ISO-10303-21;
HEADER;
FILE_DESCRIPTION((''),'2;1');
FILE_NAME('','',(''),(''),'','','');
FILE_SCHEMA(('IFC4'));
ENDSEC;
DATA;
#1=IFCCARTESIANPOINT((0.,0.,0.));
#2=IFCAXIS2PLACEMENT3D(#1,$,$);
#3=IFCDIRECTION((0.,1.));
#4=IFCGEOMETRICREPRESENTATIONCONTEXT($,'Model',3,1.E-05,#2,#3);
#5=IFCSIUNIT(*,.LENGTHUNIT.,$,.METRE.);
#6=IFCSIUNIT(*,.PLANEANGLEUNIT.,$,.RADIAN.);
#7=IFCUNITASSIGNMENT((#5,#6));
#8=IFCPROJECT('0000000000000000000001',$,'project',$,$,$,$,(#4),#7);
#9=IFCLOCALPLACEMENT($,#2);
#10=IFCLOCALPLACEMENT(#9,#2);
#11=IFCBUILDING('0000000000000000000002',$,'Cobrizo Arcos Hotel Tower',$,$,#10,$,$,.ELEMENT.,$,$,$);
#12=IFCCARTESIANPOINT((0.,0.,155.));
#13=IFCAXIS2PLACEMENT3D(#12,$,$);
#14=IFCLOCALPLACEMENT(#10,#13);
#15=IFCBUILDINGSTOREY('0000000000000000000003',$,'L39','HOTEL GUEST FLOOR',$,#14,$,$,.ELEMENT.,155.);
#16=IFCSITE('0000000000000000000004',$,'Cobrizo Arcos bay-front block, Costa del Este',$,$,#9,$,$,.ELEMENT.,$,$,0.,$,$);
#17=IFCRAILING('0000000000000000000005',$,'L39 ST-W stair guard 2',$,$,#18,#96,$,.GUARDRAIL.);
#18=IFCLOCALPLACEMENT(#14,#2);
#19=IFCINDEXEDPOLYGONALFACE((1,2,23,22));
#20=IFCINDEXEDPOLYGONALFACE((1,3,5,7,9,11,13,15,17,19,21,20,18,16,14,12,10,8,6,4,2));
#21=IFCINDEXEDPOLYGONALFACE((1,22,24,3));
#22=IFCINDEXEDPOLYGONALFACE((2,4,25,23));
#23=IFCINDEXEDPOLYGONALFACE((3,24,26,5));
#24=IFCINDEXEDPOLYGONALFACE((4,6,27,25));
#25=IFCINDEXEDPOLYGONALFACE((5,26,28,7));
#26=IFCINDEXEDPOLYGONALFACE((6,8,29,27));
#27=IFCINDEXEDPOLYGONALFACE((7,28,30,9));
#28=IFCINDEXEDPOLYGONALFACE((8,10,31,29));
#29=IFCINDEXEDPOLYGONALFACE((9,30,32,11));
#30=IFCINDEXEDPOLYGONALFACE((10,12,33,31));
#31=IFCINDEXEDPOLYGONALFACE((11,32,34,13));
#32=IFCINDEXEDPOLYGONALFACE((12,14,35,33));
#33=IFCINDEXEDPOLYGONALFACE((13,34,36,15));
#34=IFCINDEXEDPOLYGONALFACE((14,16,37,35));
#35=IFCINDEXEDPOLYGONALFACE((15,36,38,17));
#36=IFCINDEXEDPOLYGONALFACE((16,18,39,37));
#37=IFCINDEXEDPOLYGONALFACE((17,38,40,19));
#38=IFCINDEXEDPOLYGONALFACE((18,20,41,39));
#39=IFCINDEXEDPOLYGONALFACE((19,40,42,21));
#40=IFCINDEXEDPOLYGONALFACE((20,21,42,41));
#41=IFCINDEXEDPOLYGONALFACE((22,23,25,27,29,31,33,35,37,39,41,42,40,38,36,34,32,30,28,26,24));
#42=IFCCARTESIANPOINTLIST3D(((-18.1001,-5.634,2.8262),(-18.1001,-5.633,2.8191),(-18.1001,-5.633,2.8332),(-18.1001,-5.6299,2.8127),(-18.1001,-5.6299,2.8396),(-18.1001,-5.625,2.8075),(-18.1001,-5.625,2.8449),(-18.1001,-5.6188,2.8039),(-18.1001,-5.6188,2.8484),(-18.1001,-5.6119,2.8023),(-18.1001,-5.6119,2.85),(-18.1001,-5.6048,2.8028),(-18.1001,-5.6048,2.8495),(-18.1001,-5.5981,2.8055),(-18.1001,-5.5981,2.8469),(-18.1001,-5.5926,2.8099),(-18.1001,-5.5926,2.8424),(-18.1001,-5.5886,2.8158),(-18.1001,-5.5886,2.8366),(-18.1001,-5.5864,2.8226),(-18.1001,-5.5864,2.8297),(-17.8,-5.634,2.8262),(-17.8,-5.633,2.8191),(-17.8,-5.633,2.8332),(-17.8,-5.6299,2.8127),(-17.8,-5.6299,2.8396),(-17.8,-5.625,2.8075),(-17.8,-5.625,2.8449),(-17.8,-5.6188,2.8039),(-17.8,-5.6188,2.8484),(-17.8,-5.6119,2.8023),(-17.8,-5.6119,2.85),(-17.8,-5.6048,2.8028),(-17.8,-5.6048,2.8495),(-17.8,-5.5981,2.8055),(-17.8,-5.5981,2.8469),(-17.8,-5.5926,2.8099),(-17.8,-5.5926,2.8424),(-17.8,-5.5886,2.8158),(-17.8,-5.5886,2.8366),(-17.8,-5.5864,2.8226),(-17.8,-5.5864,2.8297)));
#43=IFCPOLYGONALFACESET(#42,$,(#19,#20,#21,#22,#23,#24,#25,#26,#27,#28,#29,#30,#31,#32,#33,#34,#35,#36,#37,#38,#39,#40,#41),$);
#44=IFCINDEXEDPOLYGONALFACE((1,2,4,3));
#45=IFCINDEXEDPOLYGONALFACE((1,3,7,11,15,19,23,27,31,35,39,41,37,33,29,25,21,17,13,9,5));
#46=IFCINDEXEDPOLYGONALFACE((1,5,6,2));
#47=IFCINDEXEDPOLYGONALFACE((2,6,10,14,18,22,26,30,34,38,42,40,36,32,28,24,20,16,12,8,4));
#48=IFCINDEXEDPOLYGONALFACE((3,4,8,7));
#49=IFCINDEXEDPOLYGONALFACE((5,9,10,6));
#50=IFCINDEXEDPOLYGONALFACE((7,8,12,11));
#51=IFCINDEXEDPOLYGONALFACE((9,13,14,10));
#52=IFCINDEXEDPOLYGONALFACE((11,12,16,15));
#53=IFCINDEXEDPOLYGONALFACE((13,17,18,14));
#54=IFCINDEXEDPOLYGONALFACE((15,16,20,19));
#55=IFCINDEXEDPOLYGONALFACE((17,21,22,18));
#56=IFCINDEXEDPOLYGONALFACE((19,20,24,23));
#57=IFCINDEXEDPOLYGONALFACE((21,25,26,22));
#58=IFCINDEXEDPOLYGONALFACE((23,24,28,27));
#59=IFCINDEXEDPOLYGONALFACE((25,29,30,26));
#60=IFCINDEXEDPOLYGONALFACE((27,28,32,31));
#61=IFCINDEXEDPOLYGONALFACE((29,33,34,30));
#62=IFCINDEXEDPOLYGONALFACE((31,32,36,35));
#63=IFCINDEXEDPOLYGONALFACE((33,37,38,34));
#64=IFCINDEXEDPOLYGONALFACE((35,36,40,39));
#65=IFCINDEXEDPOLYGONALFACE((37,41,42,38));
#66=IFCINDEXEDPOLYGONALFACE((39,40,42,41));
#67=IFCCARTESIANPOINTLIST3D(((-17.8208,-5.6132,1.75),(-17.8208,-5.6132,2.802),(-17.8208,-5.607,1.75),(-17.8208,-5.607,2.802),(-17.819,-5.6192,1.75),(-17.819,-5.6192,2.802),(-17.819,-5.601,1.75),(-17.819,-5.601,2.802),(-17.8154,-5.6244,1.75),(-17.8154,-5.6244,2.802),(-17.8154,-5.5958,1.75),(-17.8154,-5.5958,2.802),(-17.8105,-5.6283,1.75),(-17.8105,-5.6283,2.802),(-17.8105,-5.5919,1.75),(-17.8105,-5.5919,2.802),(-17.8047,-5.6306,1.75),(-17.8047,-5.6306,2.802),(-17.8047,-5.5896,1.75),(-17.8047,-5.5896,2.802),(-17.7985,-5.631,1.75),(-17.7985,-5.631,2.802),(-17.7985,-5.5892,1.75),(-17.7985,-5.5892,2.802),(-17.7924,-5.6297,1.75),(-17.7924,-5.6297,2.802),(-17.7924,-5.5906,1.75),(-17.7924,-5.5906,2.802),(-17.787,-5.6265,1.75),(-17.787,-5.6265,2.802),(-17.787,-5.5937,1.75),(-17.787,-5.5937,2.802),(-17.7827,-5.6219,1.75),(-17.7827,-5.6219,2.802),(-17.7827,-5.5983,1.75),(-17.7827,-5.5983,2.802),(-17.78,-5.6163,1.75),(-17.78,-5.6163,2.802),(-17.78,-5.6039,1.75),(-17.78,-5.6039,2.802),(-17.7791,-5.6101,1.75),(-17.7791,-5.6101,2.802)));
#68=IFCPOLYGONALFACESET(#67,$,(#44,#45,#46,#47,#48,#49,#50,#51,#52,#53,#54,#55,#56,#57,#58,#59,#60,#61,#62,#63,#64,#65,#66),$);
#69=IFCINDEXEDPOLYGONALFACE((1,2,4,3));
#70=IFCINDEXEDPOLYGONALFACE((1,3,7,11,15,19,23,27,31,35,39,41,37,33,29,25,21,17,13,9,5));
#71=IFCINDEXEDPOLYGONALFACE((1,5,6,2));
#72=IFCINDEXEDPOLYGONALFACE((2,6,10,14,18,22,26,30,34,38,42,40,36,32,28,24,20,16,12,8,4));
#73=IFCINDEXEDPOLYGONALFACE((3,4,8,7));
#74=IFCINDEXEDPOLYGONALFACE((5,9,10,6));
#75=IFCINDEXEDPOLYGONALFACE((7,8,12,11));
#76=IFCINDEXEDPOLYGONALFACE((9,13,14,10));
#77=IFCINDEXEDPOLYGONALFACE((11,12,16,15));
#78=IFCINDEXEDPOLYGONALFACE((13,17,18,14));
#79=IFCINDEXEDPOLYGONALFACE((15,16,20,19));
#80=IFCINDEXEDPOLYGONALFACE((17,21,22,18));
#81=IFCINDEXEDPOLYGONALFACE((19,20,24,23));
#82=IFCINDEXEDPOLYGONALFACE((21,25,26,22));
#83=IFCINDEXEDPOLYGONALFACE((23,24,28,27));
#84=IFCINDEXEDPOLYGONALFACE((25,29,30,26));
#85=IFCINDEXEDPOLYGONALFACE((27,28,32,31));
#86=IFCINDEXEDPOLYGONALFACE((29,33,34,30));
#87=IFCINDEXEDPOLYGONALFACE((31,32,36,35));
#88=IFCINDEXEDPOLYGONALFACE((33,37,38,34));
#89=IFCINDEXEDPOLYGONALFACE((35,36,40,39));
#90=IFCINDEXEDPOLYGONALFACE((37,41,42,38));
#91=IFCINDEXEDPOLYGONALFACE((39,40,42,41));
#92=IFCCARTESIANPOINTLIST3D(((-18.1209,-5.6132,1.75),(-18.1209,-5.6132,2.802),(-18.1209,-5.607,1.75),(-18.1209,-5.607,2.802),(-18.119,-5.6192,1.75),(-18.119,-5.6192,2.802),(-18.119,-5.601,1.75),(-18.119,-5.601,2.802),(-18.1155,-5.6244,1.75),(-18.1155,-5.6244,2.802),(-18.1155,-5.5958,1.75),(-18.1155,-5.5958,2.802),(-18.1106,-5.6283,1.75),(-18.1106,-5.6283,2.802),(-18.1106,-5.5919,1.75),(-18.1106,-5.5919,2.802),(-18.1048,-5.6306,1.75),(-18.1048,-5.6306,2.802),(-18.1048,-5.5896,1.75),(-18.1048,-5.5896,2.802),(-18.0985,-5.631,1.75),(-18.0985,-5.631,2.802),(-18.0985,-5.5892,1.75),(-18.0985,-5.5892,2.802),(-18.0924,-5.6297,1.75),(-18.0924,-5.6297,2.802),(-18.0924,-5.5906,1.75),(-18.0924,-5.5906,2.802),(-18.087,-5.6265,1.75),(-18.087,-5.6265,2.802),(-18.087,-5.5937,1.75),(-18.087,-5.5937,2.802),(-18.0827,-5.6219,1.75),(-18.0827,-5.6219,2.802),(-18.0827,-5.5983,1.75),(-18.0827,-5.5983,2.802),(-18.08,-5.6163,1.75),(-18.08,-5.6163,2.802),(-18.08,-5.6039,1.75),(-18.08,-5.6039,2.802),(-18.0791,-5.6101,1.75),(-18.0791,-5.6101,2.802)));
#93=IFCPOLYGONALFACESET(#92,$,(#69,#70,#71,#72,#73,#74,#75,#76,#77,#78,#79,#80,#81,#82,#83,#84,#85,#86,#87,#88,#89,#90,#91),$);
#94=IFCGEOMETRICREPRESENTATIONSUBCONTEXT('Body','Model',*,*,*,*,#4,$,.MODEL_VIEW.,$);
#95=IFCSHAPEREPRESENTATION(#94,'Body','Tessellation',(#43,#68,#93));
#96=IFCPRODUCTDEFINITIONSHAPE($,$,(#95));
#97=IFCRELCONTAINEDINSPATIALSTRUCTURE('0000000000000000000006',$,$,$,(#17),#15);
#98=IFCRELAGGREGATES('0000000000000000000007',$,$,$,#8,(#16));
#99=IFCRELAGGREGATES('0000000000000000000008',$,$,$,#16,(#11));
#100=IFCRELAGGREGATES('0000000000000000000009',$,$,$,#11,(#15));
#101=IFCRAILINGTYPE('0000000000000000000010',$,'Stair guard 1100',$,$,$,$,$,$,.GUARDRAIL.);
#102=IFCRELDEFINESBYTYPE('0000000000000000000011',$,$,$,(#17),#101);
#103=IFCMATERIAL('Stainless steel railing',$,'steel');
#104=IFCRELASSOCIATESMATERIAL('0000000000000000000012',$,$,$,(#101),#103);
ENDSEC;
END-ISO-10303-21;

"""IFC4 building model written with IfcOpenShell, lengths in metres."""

from ifc_helpers import new_model, si_unit, direction, frame, origin, origin_2d, place, context, subcontext, project, spatial, circle, extrude, material, type_object, element, save


model = new_model("IFC4")

# Units and contexts
model_context = context("Model", 3, precision=1e-05, world=origin(), true_north=direction((0.0, 1.0)))
body_context = subcontext(model_context, "Body", "Model", "MODEL_VIEW")
ifc_project = project(units=[si_unit("LENGTHUNIT", "METRE"), si_unit("PLANEANGLEUNIT", "RADIAN")], contexts=[model_context])

# Site, building, storey
site_placement = place(None, origin())
site = spatial("IfcSite", under=ifc_project, at=site_placement, Name="Cobrizo Arcos bay-front block, Costa del Este", CompositionType="ELEMENT", RefElevation=0.0)
building_placement = place(site_placement, origin())
building = spatial("IfcBuilding", under=site, at=building_placement, Name="Cobrizo Arcos Hotel Tower", CompositionType="ELEMENT")
storey_placement = place(building_placement, frame((0.0, 0.0, 155.0)))
storey = spatial("IfcBuildingStorey", under=building, at=storey_placement, Name="L39", Description="HOTEL GUEST FLOOR", CompositionType="ELEMENT", Elevation=155.0)

# Railing
ifc_material_1 = material(Name="Stainless steel railing", Category="steel")
railing_type_1 = type_object("IfcRailingType", Name="Stair guard 1100", PredefinedType="GUARDRAIL", material=ifc_material_1)
railing_1_placement = place(storey_placement, frame((-17.8, -5.6101, 1.75)))
element("IfcRailing", 1, at=railing_1_placement, inside=storey, type_object=railing_type_1, Name="L39 ST-W stair guard 2", PredefinedType="GUARDRAIL", context=body_context, shape_type="SweptSolid", body=[
    extrude(circle(Radius=0.0239, at=origin_2d()), frame((0.0, 0.0, 1.0762), z_axis=(-1.0, 0.0, 0.0), x_axis=(0.0, -1.0, 0.0)), (0.0, 0.0, 1.0), 0.3),
    extrude(circle(Radius=0.021, at=origin_2d()), origin(), (0.0, 0.0, 1.0), 1.052),
    extrude(circle(Radius=0.021, at=origin_2d()), frame((-0.3, 0.0, 0.0)), (0.0, 0.0, 1.0), 1.052),
])

save(model, "model.ifc")
